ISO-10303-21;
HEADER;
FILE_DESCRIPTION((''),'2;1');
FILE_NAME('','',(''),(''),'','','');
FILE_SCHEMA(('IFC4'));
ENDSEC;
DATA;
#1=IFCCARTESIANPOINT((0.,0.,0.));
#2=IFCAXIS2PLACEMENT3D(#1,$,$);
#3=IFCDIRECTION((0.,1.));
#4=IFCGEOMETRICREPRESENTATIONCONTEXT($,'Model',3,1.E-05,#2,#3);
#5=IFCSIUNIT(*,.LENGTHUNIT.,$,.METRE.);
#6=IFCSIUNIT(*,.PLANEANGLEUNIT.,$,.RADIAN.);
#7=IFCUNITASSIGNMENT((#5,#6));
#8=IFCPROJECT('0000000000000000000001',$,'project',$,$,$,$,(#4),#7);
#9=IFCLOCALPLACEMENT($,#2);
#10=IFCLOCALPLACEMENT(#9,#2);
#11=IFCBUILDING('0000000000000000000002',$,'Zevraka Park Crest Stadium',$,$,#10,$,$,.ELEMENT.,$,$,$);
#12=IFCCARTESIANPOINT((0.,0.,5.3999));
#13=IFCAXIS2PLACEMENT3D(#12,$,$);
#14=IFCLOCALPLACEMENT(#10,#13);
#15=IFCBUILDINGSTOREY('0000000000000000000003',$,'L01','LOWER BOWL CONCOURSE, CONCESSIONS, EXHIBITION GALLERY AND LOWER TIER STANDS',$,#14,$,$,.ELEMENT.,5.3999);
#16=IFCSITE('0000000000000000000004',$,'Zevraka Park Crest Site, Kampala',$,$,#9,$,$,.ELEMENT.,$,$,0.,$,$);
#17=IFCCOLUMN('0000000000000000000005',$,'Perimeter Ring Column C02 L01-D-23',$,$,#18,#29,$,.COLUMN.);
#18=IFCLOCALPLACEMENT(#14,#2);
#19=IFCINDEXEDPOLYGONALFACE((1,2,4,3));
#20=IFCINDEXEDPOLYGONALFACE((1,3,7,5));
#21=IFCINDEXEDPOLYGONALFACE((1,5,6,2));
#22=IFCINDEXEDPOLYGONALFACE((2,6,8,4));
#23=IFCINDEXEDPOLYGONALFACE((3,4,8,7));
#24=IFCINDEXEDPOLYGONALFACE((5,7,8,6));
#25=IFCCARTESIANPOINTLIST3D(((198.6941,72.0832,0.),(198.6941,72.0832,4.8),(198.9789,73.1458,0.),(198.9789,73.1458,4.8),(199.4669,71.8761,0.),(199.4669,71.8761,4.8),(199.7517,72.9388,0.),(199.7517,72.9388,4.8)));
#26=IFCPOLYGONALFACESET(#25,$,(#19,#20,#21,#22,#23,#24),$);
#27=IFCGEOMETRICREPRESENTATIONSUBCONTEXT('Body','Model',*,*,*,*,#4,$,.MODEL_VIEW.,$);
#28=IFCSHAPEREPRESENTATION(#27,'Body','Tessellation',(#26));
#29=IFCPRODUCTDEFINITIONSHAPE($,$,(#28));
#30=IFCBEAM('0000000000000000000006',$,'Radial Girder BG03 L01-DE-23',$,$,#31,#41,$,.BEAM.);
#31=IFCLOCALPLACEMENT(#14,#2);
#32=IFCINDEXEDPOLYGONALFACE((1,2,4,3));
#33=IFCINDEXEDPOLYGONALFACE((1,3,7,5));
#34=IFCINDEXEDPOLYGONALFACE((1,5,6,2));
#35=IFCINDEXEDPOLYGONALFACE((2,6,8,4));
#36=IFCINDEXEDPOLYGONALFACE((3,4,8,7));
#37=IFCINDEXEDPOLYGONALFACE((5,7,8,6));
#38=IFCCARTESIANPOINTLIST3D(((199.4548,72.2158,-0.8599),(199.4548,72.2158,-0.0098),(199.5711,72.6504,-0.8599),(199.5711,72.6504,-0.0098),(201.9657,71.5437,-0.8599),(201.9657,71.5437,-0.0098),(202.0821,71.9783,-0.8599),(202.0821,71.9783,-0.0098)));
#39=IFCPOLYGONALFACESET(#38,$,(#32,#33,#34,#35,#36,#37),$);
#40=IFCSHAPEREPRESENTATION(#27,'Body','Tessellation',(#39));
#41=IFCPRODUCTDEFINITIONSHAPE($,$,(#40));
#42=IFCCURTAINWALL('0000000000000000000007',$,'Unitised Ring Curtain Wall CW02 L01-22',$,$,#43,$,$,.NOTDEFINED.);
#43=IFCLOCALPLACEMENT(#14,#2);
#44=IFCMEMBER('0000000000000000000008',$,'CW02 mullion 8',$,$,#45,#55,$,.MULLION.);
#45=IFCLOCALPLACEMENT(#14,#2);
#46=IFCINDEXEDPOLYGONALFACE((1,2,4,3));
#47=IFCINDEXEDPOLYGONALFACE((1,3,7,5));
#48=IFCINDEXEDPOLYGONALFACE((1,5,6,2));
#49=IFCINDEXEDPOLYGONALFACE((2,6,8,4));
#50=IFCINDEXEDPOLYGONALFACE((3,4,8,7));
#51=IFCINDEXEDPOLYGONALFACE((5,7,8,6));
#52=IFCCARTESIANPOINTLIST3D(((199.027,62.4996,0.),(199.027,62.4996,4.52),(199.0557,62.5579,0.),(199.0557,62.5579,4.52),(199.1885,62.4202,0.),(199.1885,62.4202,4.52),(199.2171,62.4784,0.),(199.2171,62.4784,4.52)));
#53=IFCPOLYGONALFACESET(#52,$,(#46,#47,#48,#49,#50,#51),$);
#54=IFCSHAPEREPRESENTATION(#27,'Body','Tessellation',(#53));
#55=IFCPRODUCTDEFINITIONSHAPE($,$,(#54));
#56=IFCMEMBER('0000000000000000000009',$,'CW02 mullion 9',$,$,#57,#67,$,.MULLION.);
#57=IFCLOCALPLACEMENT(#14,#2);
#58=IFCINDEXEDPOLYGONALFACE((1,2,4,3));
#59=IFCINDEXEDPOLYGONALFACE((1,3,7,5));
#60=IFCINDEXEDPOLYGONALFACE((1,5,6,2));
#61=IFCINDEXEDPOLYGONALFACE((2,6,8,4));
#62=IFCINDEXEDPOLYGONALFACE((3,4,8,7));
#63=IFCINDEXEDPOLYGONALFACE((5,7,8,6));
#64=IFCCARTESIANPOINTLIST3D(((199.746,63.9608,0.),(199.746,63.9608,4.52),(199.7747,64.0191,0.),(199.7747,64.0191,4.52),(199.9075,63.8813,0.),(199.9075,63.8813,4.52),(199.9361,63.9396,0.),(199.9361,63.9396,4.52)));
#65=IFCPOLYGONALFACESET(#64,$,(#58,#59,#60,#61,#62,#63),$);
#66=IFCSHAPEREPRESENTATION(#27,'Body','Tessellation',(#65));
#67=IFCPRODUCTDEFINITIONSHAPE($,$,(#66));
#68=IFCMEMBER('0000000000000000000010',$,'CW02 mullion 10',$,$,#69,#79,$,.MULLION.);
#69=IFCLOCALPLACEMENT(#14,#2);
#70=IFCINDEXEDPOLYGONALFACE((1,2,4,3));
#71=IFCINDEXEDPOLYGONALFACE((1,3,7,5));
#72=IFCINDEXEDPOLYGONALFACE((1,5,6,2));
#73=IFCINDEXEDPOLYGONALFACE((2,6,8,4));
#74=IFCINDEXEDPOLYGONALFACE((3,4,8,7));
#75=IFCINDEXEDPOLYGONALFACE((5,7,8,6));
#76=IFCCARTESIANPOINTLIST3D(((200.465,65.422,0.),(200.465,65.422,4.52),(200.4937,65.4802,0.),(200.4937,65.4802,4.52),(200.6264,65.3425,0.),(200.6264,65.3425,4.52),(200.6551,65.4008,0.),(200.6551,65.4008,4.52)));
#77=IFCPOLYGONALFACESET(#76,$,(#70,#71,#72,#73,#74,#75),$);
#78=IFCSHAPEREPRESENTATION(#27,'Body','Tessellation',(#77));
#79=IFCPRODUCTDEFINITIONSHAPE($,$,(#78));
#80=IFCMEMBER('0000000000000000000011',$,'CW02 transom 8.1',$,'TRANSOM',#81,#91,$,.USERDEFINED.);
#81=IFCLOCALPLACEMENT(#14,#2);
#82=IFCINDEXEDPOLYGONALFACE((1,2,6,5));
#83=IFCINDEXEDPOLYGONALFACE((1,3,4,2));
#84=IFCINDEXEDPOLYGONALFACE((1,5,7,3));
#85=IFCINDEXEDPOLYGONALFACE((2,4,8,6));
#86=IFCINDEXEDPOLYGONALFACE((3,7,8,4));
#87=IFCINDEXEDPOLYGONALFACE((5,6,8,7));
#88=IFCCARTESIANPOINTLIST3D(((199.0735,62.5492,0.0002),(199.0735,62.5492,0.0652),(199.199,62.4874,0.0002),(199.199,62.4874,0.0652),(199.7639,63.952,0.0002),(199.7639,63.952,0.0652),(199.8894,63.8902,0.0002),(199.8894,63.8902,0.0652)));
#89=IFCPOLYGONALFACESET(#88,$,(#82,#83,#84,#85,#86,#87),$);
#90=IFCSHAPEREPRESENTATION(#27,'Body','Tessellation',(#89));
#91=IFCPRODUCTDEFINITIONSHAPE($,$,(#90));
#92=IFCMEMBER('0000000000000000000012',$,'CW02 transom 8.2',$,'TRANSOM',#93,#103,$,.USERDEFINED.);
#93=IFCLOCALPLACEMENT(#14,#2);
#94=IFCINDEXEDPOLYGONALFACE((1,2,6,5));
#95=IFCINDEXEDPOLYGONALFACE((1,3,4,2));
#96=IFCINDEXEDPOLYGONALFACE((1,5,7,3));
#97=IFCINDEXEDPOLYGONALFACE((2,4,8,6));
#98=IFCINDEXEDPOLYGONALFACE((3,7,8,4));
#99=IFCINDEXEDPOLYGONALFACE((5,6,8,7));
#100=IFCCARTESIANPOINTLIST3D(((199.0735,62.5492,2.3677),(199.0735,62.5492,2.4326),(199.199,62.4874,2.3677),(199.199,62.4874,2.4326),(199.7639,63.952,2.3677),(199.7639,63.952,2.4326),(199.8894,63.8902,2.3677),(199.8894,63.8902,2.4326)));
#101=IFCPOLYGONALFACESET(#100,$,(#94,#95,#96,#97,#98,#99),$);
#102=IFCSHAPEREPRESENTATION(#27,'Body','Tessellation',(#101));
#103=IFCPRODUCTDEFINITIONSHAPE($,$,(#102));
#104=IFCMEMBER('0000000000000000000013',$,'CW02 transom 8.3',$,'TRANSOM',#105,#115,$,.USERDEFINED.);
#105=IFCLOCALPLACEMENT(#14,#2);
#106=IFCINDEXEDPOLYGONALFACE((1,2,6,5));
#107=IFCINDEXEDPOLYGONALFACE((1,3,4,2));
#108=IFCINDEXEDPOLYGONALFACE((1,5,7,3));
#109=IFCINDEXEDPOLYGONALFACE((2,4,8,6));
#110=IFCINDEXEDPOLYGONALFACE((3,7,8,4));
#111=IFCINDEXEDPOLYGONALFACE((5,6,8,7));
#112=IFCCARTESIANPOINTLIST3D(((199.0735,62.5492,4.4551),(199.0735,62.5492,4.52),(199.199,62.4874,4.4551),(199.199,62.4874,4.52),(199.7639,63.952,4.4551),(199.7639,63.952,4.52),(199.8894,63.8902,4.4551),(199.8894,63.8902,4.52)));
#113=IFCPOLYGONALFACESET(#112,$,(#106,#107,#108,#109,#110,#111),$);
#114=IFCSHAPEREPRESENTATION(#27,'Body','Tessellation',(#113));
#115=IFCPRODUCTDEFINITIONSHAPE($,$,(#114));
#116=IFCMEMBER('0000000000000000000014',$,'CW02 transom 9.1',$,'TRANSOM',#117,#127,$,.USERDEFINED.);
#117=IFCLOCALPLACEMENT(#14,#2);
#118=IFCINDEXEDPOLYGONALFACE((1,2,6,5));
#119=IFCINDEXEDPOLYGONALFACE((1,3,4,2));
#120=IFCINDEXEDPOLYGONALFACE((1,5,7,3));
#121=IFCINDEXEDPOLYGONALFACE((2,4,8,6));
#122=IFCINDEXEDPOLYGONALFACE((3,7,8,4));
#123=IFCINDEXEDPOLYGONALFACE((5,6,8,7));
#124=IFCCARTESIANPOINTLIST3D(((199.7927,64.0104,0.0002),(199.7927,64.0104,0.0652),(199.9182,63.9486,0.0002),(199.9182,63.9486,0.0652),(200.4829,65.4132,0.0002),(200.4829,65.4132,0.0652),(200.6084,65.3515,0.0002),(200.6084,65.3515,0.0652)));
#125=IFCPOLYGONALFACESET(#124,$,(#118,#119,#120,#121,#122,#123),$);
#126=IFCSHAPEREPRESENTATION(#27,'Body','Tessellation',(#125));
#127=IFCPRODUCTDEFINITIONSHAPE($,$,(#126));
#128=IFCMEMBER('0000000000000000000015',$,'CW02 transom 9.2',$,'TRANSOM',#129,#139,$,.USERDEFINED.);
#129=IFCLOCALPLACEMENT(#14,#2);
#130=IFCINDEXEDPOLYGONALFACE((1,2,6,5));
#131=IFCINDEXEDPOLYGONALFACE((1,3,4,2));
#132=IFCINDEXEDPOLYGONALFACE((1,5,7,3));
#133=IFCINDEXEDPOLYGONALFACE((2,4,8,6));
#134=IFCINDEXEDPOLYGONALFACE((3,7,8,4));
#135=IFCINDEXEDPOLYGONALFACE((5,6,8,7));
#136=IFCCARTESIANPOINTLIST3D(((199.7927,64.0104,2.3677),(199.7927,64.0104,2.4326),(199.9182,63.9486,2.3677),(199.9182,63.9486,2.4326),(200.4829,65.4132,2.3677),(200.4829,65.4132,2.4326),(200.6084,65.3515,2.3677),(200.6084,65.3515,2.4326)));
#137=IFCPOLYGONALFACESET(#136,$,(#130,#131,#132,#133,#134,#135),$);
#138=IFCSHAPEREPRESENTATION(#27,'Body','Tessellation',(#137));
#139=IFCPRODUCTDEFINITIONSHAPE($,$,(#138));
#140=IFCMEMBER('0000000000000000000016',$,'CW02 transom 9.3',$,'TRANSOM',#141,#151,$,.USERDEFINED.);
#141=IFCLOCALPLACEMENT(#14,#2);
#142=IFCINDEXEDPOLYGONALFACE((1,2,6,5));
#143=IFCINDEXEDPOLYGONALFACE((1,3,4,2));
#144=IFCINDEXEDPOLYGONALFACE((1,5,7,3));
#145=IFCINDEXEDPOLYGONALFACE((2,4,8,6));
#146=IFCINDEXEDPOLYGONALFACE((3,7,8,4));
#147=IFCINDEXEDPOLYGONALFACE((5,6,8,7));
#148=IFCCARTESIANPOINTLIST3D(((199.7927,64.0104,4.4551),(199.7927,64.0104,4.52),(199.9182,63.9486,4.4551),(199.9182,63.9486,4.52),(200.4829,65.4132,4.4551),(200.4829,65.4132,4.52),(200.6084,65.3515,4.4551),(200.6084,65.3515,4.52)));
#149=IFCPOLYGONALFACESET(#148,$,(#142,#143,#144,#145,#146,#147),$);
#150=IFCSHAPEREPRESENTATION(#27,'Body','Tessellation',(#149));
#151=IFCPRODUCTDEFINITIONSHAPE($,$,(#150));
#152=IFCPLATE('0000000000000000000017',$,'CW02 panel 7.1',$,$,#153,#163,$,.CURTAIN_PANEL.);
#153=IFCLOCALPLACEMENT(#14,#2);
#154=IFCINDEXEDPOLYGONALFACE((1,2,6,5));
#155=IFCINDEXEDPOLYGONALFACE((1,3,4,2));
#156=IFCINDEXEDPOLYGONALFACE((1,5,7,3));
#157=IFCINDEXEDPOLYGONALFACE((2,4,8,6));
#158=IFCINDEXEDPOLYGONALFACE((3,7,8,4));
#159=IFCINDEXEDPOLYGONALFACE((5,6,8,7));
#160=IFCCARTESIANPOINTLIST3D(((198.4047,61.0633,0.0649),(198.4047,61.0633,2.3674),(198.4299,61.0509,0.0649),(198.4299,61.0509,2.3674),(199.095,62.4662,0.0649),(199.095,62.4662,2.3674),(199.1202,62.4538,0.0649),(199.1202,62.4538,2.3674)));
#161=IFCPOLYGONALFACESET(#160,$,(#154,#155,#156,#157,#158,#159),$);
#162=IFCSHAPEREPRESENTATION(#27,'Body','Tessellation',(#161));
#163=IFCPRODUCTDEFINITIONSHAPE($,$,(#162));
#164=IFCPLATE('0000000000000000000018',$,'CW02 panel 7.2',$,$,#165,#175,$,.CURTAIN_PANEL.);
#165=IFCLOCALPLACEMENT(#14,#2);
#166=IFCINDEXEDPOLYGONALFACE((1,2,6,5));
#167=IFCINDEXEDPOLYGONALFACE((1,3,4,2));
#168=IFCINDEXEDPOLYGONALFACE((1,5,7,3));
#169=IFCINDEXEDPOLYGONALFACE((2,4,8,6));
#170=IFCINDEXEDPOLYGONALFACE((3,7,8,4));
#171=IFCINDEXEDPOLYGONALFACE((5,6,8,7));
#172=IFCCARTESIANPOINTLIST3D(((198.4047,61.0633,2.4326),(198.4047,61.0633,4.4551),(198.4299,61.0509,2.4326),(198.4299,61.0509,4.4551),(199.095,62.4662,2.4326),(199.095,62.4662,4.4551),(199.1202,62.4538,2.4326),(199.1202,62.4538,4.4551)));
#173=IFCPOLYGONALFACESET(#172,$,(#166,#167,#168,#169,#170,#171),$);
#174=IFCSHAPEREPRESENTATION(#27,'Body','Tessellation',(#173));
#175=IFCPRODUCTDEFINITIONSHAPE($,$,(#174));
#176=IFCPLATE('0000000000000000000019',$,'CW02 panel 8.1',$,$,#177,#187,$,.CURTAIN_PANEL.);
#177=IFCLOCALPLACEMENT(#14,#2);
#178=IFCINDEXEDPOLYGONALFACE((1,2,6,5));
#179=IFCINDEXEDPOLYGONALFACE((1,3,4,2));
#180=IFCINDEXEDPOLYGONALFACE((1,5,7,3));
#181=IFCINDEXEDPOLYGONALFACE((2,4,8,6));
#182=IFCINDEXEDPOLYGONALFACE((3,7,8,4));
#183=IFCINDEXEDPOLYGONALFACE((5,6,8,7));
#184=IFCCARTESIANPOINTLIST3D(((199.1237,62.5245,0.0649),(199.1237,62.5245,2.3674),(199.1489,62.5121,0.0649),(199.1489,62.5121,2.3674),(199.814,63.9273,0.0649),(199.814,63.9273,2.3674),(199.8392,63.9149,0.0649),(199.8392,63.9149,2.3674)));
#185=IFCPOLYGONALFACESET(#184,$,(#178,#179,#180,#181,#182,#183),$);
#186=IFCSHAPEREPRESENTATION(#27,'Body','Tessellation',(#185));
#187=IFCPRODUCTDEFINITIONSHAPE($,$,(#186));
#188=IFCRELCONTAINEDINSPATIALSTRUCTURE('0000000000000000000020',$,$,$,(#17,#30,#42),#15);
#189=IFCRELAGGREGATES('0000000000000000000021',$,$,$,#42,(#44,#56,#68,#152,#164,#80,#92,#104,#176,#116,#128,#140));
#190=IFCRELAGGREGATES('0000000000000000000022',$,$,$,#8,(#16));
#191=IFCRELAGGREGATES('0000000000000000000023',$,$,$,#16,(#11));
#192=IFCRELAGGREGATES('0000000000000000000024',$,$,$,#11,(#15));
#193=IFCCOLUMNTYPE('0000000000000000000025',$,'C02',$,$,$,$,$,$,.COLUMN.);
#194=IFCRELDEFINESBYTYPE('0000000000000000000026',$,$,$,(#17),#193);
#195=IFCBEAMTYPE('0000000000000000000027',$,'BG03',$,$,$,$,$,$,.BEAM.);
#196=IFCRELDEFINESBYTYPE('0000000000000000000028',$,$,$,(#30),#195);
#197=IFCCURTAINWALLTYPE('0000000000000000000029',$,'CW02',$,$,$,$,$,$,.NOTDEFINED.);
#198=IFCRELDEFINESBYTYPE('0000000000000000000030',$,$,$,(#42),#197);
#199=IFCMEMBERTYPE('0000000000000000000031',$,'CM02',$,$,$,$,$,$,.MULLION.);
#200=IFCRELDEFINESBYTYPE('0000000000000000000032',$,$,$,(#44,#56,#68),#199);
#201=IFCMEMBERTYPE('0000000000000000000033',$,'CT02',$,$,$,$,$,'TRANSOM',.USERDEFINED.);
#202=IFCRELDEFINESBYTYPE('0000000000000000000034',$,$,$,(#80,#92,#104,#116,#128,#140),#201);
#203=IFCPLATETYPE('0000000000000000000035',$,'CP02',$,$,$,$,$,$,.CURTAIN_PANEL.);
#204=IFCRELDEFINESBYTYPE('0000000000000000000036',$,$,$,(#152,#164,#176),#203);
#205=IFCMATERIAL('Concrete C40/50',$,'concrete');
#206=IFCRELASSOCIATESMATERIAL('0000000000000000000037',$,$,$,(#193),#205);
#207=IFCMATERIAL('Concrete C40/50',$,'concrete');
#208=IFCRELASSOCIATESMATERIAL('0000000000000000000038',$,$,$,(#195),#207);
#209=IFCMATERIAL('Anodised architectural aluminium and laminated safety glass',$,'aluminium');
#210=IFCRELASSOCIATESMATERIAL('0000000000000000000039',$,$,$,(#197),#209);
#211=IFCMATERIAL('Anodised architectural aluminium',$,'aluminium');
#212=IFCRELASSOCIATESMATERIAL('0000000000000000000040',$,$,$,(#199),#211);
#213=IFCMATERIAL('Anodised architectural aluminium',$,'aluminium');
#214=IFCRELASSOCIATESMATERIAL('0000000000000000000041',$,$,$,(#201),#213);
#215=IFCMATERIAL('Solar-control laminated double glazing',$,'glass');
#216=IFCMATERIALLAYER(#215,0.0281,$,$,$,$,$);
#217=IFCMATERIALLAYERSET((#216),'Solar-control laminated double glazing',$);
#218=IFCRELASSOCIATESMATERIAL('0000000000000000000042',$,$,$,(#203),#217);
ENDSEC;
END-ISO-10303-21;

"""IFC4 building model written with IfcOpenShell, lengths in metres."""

from ifc_helpers import new_model, si_unit, direction, frame, origin, origin_2d, place, context, subcontext, project, spatial, rectangle, extrude, material, layer, layer_set, material_profile, profile_set, type_object, element, aggregate, save


model = new_model("IFC4")

# Units and contexts
model_context = context("Model", 3, precision=1e-05, world=origin(), true_north=direction((0.0, 1.0)))
body_context = subcontext(model_context, "Body", "Model", "MODEL_VIEW")
ifc_project = project(units=[si_unit("LENGTHUNIT", "METRE"), si_unit("PLANEANGLEUNIT", "RADIAN")], contexts=[model_context])

# Site, building, storey
site_placement = place(None, origin())
site = spatial("IfcSite", under=ifc_project, at=site_placement, Name="Zevraka Park Crest Site, Kampala", CompositionType="ELEMENT", RefElevation=0.0)
building_placement = place(site_placement, origin())
building = spatial("IfcBuilding", under=site, at=building_placement, Name="Zevraka Park Crest Stadium", CompositionType="ELEMENT")
storey_placement = place(building_placement, frame((0.0, 0.0, 5.3999)))
storey = spatial("IfcBuildingStorey", under=building, at=storey_placement, Name="L01", Description="LOWER BOWL CONCOURSE, CONCESSIONS, EXHIBITION GALLERY AND LOWER TIER STANDS", CompositionType="ELEMENT", Elevation=5.3999)

# Column
ifc_material_1 = material(Name="Concrete C40/50", Category="concrete")
ifc_material_profile_1 = material_profile(ifc_material_1, rectangle(XDim=0.8, YDim=1.1001, at=origin_2d()), Name="RC 1100x800")
ifc_profile_set_1 = profile_set([ifc_material_profile_1], Name="Concrete C40/50")
column_type = type_object("IfcColumnType", Name="C02", PredefinedType="COLUMN", material=ifc_profile_set_1)
column_placement = place(storey_placement, frame((199.2229, 72.511, 0.0), z_axis=(0.0, 0.0, 1.0), x_axis=(-0.965926, 0.258819, 0.0)))
element("IfcColumn", 1, at=column_placement, inside=storey, type_object=column_type, Name="Perimeter Ring Column C02 L01-D-23", PredefinedType="COLUMN", context=body_context, shape_type="SweptSolid", body=[
    extrude(rectangle(XDim=0.8, YDim=1.1001, at=origin_2d()), origin(), (0.0, 0.0, 1.0), 4.8),
])

# Beam
ifc_material_2 = material(Name="Concrete C40/50", Category="concrete")
ifc_material_profile_2 = material_profile(ifc_material_2, rectangle(XDim=0.45, YDim=0.8501, at=origin_2d()), Name="RC 850x450")
ifc_profile_set_2 = profile_set([ifc_material_profile_2], Name="Concrete C40/50")
beam_type = type_object("IfcBeamType", Name="BG03", PredefinedType="BEAM", material=ifc_profile_set_2)
beam_placement = place(storey_placement, frame((199.5129, 72.4331, -0.4348), z_axis=(0.965993, -0.258569, 0.0), x_axis=(0.258569, 0.965993, 0.0)))
element("IfcBeam", 2, at=beam_placement, inside=storey, type_object=beam_type, Name="Radial Girder BG03 L01-DE-23", PredefinedType="BEAM", context=body_context, shape_type="SweptSolid", body=[
    extrude(rectangle(XDim=0.45, YDim=0.8501, at=origin_2d()), origin(), (0.0, 0.0, 1.0), 2.5994),
])

# Curtain wall, members, plates
ifc_material_3 = material(Name="Anodised architectural aluminium and laminated safety glass", Category="aluminium")
curtain_wall_type = type_object("IfcCurtainWallType", Name="CW02", PredefinedType="NOTDEFINED", material=ifc_material_3)
curtain_wall_placement = place(storey_placement, origin())
curtain_wall = element("IfcCurtainWall", 3, at=curtain_wall_placement, inside=storey, type_object=curtain_wall_type, Name="Unitised Ring Curtain Wall CW02 L01-22", PredefinedType="NOTDEFINED")
ifc_material_4 = material(Name="Anodised architectural aluminium", Category="aluminium")
ifc_material_profile_3 = material_profile(ifc_material_4, rectangle(XDim=0.1799, YDim=0.0649, at=origin_2d()), Name="ALU MULLION 180x65")
ifc_profile_set_3 = profile_set([ifc_material_profile_3], Name="Anodised architectural aluminium")
member_type_1 = type_object("IfcMemberType", Name="CM02", PredefinedType="MULLION", material=ifc_profile_set_3)
member_1_placement = place(storey_placement, frame((199.1221, 62.489, 0.0), z_axis=(0.0, 0.0, 1.0), x_axis=(-0.897253, 0.441517, 0.0)))
member_1 = element("IfcMember", 4, at=member_1_placement, type_object=member_type_1, Name="CW02 mullion 8", PredefinedType="MULLION", context=body_context, shape_type="SweptSolid", body=[
    extrude(rectangle(XDim=0.1799, YDim=0.0649, at=origin_2d()), origin(), (0.0, 0.0, 1.0), 4.52),
])
member_2_placement = place(storey_placement, frame((199.8411, 63.9502, 0.0), z_axis=(0.0, 0.0, 1.0), x_axis=(-0.897253, 0.441517, 0.0)))
member_2 = element("IfcMember", 5, at=member_2_placement, type_object=member_type_1, Name="CW02 mullion 9", PredefinedType="MULLION", context=body_context, shape_type="SweptSolid", body=[
    extrude(rectangle(XDim=0.1799, YDim=0.0649, at=origin_2d()), origin(), (0.0, 0.0, 1.0), 4.52),
])
member_3_placement = place(storey_placement, frame((200.5601, 65.4114, 0.0), z_axis=(0.0, 0.0, 1.0), x_axis=(-0.897253, 0.441517, 0.0)))
member_3 = element("IfcMember", 6, at=member_3_placement, type_object=member_type_1, Name="CW02 mullion 10", PredefinedType="MULLION", context=body_context, shape_type="SweptSolid", body=[
    extrude(rectangle(XDim=0.1799, YDim=0.0649, at=origin_2d()), origin(), (0.0, 0.0, 1.0), 4.52),
])
ifc_material_5 = material(Name="Anodised architectural aluminium", Category="aluminium")
ifc_material_profile_4 = material_profile(ifc_material_5, rectangle(XDim=0.1399, YDim=0.0649, at=origin_2d()), Name="ALU TRANSOM 140x65")
ifc_profile_set_4 = profile_set([ifc_material_profile_4], Name="Anodised architectural aluminium")
member_type_2 = type_object("IfcMemberType", Name="CT02", ElementType="TRANSOM", PredefinedType="USERDEFINED", material=ifc_profile_set_4)
member_4_placement = place(storey_placement, frame((199.1362, 62.5183, 0.0327), z_axis=(0.441583, 0.89722, 0.0), x_axis=(-0.89722, 0.441583, 0.0)))
member_4 = element("IfcMember", 7, at=member_4_placement, type_object=member_type_2, Name="CW02 transom 8.1", ObjectType="TRANSOM", PredefinedType="USERDEFINED", context=body_context, shape_type="SweptSolid", body=[
    extrude(rectangle(XDim=0.1399, YDim=0.0649, at=origin_2d()), origin(), (0.0, 0.0, 1.0), 1.5635),
])
member_5_placement = place(storey_placement, frame((199.1362, 62.5183, 2.4001), z_axis=(0.441583, 0.89722, 0.0), x_axis=(-0.89722, 0.441583, 0.0)))
member_5 = element("IfcMember", 8, at=member_5_placement, type_object=member_type_2, Name="CW02 transom 8.2", ObjectType="TRANSOM", PredefinedType="USERDEFINED", context=body_context, shape_type="SweptSolid", body=[
    extrude(rectangle(XDim=0.1399, YDim=0.0649, at=origin_2d()), origin(), (0.0, 0.0, 1.0), 1.5635),
])
member_6_placement = place(storey_placement, frame((199.1362, 62.5183, 4.4875), z_axis=(0.441583, 0.89722, 0.0), x_axis=(-0.89722, 0.441583, 0.0)))
member_6 = element("IfcMember", 9, at=member_6_placement, type_object=member_type_2, Name="CW02 transom 8.3", ObjectType="TRANSOM", PredefinedType="USERDEFINED", context=body_context, shape_type="SweptSolid", body=[
    extrude(rectangle(XDim=0.1399, YDim=0.0649, at=origin_2d()), origin(), (0.0, 0.0, 1.0), 1.5635),
])
member_7_placement = place(storey_placement, frame((199.8555, 63.9795, 0.0327), z_axis=(0.441458, 0.897282, 0.0), x_axis=(-0.897282, 0.441458, 0.0)))
member_7 = element("IfcMember", 10, at=member_7_placement, type_object=member_type_2, Name="CW02 transom 9.1", ObjectType="TRANSOM", PredefinedType="USERDEFINED", context=body_context, shape_type="SweptSolid", body=[
    extrude(rectangle(XDim=0.1399, YDim=0.0649, at=origin_2d()), origin(), (0.0, 0.0, 1.0), 1.5635),
])
member_8_placement = place(storey_placement, frame((199.8555, 63.9795, 2.4001), z_axis=(0.441458, 0.897282, 0.0), x_axis=(-0.897282, 0.441458, 0.0)))
member_8 = element("IfcMember", 11, at=member_8_placement, type_object=member_type_2, Name="CW02 transom 9.2", ObjectType="TRANSOM", PredefinedType="USERDEFINED", context=body_context, shape_type="SweptSolid", body=[
    extrude(rectangle(XDim=0.1399, YDim=0.0649, at=origin_2d()), origin(), (0.0, 0.0, 1.0), 1.5635),
])
member_9_placement = place(storey_placement, frame((199.8555, 63.9795, 4.4875), z_axis=(0.441458, 0.897282, 0.0), x_axis=(-0.897282, 0.441458, 0.0)))
member_9 = element("IfcMember", 12, at=member_9_placement, type_object=member_type_2, Name="CW02 transom 9.3", ObjectType="TRANSOM", PredefinedType="USERDEFINED", context=body_context, shape_type="SweptSolid", body=[
    extrude(rectangle(XDim=0.1399, YDim=0.0649, at=origin_2d()), origin(), (0.0, 0.0, 1.0), 1.5635),
])
ifc_material_6 = material(Name="Solar-control laminated double glazing", Category="glass")
ifc_layer_1 = layer(ifc_material_6, 0.0281)
ifc_layer_set_1 = layer_set([ifc_layer_1], Name="Solar-control laminated double glazing")
plate_type = type_object("IfcPlateType", Name="CP02", PredefinedType="CURTAIN_PANEL", material=ifc_layer_set_1)
plate_1_placement = place(storey_placement, frame((198.7625, 61.7585, 0.0649), z_axis=(0.0, 0.0, 1.0), x_axis=(0.441517, 0.897253, 0.0)))
plate_1 = element("IfcPlate", 13, at=plate_1_placement, type_object=plate_type, Name="CW02 panel 7.1", PredefinedType="CURTAIN_PANEL", context=body_context, shape_type="SweptSolid", body=[
    extrude(rectangle(XDim=1.5635, YDim=0.0281, at=origin_2d()), origin(), (0.0, 0.0, 1.0), 2.3025),
])
plate_2_placement = place(storey_placement, frame((198.7625, 61.7585, 2.4326), z_axis=(0.0, 0.0, 1.0), x_axis=(0.441517, 0.897253, 0.0)))
plate_2 = element("IfcPlate", 14, at=plate_2_placement, type_object=plate_type, Name="CW02 panel 7.2", PredefinedType="CURTAIN_PANEL", context=body_context, shape_type="SweptSolid", body=[
    extrude(rectangle(XDim=1.5635, YDim=0.0281, at=origin_2d()), origin(), (0.0, 0.0, 1.0), 2.0225),
])
plate_3_placement = place(storey_placement, frame((199.4814, 63.2197, 0.0649), z_axis=(0.0, 0.0, 1.0), x_axis=(0.441517, 0.897253, 0.0)))
plate_3 = element("IfcPlate", 15, at=plate_3_placement, type_object=plate_type, Name="CW02 panel 8.1", PredefinedType="CURTAIN_PANEL", context=body_context, shape_type="SweptSolid", body=[
    extrude(rectangle(XDim=1.5635, YDim=0.0281, at=origin_2d()), origin(), (0.0, 0.0, 1.0), 2.3025),
])
aggregate(curtain_wall, [member_1, member_2, member_3, plate_1, plate_2, member_4, member_5, member_6, plate_3, member_7, member_8, member_9])

save(model, "model.ifc")
